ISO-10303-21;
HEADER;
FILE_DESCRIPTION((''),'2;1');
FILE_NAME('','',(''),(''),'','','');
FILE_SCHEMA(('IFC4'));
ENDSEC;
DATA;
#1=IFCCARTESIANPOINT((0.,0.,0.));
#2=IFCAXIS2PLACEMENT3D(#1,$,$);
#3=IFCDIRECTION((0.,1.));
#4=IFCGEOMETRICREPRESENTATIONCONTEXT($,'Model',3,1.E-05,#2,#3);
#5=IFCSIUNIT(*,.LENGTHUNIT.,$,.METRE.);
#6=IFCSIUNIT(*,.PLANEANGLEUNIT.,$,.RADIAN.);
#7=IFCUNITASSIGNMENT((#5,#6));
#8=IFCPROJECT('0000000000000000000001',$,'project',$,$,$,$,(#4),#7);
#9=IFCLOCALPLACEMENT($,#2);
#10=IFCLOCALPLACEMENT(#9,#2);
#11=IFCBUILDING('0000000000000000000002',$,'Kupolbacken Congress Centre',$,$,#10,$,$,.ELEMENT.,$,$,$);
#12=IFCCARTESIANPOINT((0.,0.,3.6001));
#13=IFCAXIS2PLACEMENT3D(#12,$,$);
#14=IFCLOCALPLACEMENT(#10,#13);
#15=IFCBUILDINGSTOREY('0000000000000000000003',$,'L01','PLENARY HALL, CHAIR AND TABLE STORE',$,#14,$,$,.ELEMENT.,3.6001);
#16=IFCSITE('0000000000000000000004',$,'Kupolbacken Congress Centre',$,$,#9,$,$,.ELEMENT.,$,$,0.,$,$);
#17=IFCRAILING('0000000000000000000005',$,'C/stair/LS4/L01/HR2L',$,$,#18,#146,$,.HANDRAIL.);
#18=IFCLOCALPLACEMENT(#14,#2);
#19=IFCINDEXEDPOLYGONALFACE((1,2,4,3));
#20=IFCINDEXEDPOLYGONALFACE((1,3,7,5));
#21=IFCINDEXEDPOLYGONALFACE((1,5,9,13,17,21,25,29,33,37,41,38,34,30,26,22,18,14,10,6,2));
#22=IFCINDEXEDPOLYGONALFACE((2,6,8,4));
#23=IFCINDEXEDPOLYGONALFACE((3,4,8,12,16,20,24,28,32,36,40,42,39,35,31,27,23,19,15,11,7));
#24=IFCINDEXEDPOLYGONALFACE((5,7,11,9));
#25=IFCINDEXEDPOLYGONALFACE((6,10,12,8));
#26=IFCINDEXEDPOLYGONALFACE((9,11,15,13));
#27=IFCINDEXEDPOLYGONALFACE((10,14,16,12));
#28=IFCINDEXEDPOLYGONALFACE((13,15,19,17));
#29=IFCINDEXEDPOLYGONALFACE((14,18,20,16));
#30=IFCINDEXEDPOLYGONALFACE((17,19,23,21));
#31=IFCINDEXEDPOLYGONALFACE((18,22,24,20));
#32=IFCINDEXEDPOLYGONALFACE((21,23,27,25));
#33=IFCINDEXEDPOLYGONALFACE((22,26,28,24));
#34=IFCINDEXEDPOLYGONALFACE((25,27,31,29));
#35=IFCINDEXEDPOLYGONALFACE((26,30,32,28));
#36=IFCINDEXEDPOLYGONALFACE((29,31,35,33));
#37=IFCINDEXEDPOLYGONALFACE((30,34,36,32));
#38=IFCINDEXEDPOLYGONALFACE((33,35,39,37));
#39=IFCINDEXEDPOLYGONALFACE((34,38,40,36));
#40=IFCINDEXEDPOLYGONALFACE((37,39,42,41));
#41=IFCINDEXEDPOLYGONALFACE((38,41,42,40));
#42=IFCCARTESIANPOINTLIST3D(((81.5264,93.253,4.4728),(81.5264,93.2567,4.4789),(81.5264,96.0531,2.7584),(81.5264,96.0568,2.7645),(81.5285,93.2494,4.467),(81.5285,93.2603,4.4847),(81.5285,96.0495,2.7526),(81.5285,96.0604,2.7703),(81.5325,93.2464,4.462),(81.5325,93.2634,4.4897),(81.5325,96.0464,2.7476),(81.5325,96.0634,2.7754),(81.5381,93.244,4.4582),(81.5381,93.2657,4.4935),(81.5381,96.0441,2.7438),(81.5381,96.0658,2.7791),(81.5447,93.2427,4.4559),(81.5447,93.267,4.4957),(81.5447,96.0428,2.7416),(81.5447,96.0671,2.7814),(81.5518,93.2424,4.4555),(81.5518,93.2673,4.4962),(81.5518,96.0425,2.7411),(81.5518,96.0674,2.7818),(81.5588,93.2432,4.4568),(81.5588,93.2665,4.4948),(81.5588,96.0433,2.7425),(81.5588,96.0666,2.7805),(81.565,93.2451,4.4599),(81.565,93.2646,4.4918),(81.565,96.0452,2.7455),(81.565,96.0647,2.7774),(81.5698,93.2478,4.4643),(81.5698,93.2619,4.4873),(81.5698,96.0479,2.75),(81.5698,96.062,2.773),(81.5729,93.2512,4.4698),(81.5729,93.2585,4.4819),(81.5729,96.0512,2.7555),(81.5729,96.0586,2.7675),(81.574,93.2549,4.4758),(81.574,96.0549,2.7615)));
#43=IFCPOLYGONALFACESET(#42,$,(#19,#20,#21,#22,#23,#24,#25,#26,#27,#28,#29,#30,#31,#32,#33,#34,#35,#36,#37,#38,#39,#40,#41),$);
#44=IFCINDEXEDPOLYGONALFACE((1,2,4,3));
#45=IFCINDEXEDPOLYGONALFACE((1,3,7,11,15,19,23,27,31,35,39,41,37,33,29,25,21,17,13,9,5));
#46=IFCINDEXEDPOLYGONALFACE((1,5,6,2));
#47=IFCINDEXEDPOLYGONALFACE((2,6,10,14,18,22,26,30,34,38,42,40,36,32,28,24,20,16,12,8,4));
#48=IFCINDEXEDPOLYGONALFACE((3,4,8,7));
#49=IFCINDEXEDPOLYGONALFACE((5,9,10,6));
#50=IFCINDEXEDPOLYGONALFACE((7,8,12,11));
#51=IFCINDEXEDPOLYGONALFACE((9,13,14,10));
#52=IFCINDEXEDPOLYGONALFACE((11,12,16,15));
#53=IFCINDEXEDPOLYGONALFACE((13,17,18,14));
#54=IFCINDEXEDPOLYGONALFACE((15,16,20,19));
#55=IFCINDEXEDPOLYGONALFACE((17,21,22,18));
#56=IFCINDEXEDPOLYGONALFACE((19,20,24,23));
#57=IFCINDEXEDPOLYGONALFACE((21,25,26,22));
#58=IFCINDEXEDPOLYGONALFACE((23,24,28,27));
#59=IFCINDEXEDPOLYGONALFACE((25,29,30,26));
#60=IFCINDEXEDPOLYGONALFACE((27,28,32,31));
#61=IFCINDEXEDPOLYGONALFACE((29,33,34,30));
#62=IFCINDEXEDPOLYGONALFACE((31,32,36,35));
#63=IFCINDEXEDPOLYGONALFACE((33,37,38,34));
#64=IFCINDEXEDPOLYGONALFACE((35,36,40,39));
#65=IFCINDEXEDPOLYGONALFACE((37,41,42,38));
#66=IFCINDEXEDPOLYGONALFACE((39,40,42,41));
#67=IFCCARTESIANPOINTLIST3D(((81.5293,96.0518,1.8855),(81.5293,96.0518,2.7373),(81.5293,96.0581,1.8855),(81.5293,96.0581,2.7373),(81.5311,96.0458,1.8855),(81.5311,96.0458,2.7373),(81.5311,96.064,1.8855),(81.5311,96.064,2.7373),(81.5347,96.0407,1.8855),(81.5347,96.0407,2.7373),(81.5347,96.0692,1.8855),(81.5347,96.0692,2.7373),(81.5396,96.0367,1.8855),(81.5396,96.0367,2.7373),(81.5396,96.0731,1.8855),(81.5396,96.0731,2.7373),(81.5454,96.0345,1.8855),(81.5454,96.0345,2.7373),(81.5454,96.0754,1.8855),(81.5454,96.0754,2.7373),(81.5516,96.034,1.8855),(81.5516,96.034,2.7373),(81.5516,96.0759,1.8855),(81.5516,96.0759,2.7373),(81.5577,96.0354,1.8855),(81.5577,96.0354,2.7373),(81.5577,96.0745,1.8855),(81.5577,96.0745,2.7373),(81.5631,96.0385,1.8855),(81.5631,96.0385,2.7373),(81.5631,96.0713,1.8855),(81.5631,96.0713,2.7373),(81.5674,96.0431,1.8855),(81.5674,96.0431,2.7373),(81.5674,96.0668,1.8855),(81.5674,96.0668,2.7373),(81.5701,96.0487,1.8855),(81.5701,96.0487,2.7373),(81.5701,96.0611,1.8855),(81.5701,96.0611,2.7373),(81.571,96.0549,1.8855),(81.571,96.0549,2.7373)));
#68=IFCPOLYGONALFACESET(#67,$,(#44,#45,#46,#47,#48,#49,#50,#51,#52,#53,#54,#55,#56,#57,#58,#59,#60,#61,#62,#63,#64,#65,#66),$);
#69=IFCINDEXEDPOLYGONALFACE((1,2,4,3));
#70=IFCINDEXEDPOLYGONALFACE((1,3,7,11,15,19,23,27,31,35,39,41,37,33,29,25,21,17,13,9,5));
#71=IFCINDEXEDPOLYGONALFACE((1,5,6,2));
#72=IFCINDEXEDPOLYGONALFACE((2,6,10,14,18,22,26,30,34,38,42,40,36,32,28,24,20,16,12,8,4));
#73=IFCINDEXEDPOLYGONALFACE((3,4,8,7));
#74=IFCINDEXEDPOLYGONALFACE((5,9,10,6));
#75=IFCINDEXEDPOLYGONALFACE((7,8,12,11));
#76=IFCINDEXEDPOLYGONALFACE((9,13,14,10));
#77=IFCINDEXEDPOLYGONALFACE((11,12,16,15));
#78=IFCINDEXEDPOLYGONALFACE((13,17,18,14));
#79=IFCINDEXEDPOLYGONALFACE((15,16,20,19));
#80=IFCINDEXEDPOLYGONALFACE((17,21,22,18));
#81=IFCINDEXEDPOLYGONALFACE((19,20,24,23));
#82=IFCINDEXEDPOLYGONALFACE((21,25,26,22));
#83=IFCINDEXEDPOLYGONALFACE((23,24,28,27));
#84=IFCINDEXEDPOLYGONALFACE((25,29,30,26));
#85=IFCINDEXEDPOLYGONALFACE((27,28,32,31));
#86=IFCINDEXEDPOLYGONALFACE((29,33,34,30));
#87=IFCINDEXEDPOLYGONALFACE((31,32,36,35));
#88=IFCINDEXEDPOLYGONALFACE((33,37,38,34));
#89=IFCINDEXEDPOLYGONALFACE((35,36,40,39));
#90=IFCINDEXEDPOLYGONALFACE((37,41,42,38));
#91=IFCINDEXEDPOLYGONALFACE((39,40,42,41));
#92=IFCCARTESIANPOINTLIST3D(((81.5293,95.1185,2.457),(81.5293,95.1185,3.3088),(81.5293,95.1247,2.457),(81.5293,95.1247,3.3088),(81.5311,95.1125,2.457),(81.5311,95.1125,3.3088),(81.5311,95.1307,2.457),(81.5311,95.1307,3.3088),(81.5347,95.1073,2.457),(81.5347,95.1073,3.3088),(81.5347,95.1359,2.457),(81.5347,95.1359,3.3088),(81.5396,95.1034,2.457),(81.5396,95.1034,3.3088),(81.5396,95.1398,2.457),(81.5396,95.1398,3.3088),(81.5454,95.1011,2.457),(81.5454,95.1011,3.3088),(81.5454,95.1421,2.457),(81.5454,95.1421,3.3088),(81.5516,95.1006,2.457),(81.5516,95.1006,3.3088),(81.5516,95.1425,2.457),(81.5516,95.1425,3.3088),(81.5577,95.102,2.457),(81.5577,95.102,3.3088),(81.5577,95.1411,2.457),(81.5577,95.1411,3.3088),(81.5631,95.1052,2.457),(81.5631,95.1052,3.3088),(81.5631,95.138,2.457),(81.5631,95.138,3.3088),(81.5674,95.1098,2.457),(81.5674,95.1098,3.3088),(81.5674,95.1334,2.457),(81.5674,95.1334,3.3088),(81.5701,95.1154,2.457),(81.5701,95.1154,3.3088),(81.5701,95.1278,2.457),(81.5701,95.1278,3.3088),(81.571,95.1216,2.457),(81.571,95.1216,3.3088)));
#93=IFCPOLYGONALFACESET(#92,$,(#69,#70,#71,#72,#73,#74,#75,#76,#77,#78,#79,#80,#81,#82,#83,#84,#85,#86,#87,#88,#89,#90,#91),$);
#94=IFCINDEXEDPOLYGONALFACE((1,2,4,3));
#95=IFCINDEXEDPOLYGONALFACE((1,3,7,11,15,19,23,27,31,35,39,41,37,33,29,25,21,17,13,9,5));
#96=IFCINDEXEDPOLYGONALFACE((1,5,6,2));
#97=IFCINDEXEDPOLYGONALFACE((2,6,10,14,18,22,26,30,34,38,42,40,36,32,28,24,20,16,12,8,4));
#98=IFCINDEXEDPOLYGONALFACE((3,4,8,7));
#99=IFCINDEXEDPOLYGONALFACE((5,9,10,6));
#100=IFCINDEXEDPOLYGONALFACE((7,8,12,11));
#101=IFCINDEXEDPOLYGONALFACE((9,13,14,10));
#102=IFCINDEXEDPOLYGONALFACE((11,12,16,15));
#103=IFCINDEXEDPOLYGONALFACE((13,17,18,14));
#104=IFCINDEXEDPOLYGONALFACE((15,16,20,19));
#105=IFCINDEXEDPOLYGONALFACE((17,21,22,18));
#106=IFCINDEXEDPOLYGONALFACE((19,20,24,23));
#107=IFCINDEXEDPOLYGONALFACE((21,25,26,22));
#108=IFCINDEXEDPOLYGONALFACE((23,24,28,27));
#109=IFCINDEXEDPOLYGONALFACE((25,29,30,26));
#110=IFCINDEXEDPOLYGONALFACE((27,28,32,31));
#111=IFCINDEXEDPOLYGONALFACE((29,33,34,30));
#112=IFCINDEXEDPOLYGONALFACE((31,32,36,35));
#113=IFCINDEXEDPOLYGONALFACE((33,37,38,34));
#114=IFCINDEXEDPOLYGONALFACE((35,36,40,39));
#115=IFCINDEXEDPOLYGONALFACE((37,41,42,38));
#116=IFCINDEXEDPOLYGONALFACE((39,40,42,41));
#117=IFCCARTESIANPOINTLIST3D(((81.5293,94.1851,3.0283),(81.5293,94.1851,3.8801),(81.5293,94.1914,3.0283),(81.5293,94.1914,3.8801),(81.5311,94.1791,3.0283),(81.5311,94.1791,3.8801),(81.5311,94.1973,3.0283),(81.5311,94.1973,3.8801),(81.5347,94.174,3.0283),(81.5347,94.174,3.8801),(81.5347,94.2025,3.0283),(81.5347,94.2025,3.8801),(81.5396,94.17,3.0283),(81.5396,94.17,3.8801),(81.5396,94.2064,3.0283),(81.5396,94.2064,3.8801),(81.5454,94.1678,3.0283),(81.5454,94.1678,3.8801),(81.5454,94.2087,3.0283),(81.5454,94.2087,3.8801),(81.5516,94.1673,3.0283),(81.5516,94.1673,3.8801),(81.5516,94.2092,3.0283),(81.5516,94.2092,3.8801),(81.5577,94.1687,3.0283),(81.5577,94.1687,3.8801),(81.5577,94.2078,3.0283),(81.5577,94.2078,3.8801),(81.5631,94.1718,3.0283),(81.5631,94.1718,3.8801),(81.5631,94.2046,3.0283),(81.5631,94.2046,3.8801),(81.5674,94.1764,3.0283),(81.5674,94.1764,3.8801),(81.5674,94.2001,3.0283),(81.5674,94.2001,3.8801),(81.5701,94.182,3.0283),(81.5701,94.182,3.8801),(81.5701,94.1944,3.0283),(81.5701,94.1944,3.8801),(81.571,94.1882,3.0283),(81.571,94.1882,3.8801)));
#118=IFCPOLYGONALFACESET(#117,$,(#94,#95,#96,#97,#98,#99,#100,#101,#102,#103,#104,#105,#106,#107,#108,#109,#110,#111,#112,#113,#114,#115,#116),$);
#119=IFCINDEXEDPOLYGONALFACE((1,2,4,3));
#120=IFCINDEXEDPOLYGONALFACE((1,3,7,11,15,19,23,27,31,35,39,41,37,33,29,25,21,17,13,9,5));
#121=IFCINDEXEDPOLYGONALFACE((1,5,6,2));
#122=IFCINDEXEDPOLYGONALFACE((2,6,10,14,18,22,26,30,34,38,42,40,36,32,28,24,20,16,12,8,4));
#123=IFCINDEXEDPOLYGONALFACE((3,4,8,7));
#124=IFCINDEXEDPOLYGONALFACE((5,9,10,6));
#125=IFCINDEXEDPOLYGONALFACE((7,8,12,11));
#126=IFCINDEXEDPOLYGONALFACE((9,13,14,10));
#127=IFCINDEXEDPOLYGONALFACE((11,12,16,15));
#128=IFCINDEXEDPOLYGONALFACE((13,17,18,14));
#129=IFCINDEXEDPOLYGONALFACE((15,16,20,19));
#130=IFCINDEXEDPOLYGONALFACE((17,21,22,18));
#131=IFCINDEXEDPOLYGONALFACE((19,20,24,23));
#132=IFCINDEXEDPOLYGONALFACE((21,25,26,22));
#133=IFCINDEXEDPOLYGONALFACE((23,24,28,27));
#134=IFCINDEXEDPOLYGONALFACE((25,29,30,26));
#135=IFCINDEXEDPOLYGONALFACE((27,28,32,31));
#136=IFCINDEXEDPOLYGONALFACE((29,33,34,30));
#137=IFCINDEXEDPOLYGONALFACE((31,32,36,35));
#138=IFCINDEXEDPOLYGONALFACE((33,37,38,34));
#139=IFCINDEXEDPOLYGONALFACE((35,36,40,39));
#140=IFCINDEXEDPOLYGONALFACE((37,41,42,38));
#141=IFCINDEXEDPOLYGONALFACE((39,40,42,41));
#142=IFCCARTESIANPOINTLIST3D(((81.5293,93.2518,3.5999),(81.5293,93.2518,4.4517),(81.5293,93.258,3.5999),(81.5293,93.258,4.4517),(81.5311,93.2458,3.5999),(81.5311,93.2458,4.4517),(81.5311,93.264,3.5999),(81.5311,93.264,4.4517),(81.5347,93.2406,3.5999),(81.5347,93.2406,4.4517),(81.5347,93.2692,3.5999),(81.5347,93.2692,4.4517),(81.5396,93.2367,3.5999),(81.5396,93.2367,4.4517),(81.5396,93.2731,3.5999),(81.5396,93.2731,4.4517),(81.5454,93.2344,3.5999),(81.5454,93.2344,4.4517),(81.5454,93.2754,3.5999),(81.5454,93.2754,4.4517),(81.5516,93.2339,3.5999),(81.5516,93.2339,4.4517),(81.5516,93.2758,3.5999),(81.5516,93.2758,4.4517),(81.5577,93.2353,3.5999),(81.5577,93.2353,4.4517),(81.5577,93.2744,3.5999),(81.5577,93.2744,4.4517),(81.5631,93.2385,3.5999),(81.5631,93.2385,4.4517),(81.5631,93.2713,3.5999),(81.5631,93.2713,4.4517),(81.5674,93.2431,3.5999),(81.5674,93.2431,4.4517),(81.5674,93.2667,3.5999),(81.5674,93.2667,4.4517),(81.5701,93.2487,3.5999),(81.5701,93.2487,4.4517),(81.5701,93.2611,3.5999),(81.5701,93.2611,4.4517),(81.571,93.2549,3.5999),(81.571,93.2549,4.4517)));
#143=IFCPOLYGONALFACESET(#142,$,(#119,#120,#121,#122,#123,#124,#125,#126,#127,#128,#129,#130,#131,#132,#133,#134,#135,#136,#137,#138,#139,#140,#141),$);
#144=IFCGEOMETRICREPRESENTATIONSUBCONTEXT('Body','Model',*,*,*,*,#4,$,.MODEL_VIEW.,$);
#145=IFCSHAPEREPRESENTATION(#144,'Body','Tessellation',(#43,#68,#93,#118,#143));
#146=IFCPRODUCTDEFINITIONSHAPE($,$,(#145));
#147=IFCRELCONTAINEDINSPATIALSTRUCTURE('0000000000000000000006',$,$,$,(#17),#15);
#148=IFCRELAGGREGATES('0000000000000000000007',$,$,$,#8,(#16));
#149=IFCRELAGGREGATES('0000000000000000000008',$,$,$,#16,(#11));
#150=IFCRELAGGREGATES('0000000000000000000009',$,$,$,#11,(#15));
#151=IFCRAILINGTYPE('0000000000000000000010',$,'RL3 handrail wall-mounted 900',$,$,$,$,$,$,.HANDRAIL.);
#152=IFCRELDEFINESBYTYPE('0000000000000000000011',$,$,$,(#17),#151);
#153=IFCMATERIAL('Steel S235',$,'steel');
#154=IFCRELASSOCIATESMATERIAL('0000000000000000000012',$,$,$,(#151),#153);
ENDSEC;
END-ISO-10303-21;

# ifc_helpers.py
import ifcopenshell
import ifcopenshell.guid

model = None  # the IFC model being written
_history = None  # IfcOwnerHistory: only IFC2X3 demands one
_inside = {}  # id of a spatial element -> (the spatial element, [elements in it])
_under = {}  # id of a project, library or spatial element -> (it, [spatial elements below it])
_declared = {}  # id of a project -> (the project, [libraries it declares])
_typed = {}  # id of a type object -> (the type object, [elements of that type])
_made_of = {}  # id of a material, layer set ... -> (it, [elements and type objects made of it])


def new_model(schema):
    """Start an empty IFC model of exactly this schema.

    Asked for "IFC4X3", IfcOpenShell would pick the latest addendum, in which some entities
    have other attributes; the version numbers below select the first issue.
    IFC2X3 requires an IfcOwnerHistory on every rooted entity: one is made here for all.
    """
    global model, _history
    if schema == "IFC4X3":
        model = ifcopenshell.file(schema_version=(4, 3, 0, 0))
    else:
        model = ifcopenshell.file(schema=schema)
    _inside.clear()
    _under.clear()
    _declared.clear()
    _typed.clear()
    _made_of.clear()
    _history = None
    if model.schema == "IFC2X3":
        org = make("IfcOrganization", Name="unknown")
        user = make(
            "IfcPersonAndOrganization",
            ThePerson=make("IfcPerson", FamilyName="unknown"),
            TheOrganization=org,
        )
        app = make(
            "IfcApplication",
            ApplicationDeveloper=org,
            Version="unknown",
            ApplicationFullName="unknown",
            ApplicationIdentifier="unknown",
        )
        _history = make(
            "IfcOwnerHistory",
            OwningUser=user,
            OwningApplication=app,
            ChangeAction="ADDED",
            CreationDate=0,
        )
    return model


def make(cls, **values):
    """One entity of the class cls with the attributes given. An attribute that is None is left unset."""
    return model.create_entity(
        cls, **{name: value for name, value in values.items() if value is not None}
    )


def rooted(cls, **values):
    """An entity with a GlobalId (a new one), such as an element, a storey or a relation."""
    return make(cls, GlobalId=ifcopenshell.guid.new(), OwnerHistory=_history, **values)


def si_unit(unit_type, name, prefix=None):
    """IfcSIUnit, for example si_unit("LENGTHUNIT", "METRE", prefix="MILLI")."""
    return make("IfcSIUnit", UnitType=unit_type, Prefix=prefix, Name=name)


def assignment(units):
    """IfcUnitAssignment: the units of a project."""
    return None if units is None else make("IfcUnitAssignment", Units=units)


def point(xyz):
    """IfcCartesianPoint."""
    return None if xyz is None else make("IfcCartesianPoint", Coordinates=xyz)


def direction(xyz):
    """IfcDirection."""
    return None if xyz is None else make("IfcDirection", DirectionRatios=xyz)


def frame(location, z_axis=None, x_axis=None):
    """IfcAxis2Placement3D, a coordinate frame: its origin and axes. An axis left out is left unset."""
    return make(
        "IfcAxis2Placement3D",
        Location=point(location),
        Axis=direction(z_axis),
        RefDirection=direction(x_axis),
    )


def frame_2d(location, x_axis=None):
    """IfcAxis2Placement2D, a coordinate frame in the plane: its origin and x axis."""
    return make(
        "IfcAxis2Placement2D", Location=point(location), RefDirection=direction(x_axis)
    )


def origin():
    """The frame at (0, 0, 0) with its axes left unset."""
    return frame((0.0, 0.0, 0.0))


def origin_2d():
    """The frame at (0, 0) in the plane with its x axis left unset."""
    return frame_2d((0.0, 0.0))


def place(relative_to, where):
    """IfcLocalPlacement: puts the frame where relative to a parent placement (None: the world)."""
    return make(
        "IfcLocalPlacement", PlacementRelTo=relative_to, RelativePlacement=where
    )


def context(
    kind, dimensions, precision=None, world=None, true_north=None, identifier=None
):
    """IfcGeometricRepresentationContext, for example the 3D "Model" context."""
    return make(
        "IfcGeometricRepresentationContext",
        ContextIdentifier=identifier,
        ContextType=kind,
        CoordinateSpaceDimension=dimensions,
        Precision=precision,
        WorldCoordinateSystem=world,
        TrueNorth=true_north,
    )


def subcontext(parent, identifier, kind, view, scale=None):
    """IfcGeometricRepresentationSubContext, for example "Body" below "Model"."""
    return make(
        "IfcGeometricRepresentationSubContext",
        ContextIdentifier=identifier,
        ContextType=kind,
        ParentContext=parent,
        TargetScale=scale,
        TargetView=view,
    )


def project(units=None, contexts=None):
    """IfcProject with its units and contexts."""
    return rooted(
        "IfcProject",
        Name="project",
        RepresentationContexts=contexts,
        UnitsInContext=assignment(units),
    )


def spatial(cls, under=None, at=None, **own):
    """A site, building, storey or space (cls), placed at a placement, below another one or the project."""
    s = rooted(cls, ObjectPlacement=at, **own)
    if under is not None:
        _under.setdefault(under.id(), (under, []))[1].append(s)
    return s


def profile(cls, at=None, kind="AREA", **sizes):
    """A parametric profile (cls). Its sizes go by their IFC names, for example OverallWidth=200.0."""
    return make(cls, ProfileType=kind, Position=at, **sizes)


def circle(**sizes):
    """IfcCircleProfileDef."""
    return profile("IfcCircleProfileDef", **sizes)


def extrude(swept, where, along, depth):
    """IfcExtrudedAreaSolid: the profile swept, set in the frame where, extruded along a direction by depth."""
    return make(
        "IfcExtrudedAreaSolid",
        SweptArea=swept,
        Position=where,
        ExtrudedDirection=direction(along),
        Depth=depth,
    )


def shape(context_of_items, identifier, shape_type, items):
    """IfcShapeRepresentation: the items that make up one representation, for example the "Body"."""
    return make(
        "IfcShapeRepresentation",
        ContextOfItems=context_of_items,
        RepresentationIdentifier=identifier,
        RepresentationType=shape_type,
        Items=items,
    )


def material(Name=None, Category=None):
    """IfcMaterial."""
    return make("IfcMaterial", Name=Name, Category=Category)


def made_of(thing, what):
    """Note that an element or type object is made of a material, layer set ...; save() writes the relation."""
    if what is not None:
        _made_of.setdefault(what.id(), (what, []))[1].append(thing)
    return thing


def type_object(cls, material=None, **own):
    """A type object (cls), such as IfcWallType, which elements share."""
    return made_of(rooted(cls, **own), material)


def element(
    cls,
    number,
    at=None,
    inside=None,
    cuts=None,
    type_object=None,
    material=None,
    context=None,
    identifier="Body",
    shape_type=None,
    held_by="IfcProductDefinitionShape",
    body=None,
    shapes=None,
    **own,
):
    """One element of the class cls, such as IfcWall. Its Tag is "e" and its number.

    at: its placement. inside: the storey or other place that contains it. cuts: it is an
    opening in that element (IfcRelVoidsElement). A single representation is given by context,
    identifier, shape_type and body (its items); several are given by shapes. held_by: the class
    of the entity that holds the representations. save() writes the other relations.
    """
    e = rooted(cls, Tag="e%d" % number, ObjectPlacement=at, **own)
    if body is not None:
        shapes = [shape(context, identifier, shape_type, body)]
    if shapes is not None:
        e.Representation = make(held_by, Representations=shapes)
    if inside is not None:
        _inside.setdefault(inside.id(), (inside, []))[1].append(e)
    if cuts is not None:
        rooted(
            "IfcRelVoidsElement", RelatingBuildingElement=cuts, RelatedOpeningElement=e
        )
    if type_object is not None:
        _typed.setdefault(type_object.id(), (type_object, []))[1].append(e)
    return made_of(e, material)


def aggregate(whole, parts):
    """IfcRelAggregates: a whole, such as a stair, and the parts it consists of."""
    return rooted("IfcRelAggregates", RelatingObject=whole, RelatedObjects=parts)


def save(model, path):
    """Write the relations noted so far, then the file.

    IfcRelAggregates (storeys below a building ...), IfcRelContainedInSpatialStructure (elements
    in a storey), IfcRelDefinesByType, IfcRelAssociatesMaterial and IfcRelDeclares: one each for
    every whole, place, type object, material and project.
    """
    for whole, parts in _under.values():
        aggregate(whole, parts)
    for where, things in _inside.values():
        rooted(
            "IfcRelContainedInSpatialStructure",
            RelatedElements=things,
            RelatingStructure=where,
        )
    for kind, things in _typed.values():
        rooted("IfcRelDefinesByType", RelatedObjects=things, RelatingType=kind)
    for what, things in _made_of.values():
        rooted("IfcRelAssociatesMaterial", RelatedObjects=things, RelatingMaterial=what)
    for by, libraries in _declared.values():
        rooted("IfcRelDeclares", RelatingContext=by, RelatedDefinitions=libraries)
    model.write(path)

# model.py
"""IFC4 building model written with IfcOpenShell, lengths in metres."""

from ifc_helpers import new_model, si_unit, direction, frame, origin, origin_2d, place, context, subcontext, project, spatial, circle, extrude, material, type_object, element, save


model = new_model("IFC4")

# Units and contexts
model_context = context("Model", 3, precision=1e-05, world=origin(), true_north=direction((0.0, 1.0)))
body_context = subcontext(model_context, "Body", "Model", "MODEL_VIEW")
ifc_project = project(units=[si_unit("LENGTHUNIT", "METRE"), si_unit("PLANEANGLEUNIT", "RADIAN")], contexts=[model_context])

# Site, building, storey
site_placement = place(None, origin())
site = spatial("IfcSite", under=ifc_project, at=site_placement, Name="Kupolbacken Congress Centre", CompositionType="ELEMENT", RefElevation=0.0)
building_placement = place(site_placement, origin())
building = spatial("IfcBuilding", under=site, at=building_placement, Name="Kupolbacken Congress Centre", CompositionType="ELEMENT")
storey_placement = place(building_placement, frame((0.0, 0.0, 3.6001)))
storey = spatial("IfcBuildingStorey", under=building, at=storey_placement, Name="L01", Description="PLENARY HALL, CHAIR AND TABLE STORE", CompositionType="ELEMENT", Elevation=3.6001)

# Railing
ifc_material_1 = material(Name="Steel S235", Category="steel")
railing_type = type_object("IfcRailingType", Name="RL3 handrail wall-mounted 900", PredefinedType="HANDRAIL", material=ifc_material_1)
for number, where, name in (
    (1, (81.55, 96.0549, 1.8855), "C/stair/LS4/L01/HR2L"),
):
    element("IfcRailing", number, at=place(storey_placement, frame(where)), inside=storey, type_object=railing_type, Name=name, PredefinedType="HANDRAIL", context=body_context, shape_type="SweptSolid", body=[
        extrude(circle(Radius=0.0239, at=origin_2d()), frame((0.0, 0.0, 0.876), z_axis=(0.0, -0.852846, 0.522163), x_axis=(1.0, 0.0, 0.0)), (0.0, 0.0, 1.0), 3.2832),
        extrude(circle(Radius=0.021, at=origin_2d()), origin(), (0.0, 0.0, 1.0), 0.8518),
        extrude(circle(Radius=0.021, at=origin_2d()), frame((0.0, -0.9333, 0.5715)), (0.0, 0.0, 1.0), 0.8518),
        extrude(circle(Radius=0.021, at=origin_2d()), frame((0.0, -1.8667, 1.1428)), (0.0, 0.0, 1.0), 0.8518),
        extrude(circle(Radius=0.021, at=origin_2d()), frame((0.0, -2.8, 1.7144)), (0.0, 0.0, 1.0), 0.8518),
    ])

save(model, "model.ifc")
